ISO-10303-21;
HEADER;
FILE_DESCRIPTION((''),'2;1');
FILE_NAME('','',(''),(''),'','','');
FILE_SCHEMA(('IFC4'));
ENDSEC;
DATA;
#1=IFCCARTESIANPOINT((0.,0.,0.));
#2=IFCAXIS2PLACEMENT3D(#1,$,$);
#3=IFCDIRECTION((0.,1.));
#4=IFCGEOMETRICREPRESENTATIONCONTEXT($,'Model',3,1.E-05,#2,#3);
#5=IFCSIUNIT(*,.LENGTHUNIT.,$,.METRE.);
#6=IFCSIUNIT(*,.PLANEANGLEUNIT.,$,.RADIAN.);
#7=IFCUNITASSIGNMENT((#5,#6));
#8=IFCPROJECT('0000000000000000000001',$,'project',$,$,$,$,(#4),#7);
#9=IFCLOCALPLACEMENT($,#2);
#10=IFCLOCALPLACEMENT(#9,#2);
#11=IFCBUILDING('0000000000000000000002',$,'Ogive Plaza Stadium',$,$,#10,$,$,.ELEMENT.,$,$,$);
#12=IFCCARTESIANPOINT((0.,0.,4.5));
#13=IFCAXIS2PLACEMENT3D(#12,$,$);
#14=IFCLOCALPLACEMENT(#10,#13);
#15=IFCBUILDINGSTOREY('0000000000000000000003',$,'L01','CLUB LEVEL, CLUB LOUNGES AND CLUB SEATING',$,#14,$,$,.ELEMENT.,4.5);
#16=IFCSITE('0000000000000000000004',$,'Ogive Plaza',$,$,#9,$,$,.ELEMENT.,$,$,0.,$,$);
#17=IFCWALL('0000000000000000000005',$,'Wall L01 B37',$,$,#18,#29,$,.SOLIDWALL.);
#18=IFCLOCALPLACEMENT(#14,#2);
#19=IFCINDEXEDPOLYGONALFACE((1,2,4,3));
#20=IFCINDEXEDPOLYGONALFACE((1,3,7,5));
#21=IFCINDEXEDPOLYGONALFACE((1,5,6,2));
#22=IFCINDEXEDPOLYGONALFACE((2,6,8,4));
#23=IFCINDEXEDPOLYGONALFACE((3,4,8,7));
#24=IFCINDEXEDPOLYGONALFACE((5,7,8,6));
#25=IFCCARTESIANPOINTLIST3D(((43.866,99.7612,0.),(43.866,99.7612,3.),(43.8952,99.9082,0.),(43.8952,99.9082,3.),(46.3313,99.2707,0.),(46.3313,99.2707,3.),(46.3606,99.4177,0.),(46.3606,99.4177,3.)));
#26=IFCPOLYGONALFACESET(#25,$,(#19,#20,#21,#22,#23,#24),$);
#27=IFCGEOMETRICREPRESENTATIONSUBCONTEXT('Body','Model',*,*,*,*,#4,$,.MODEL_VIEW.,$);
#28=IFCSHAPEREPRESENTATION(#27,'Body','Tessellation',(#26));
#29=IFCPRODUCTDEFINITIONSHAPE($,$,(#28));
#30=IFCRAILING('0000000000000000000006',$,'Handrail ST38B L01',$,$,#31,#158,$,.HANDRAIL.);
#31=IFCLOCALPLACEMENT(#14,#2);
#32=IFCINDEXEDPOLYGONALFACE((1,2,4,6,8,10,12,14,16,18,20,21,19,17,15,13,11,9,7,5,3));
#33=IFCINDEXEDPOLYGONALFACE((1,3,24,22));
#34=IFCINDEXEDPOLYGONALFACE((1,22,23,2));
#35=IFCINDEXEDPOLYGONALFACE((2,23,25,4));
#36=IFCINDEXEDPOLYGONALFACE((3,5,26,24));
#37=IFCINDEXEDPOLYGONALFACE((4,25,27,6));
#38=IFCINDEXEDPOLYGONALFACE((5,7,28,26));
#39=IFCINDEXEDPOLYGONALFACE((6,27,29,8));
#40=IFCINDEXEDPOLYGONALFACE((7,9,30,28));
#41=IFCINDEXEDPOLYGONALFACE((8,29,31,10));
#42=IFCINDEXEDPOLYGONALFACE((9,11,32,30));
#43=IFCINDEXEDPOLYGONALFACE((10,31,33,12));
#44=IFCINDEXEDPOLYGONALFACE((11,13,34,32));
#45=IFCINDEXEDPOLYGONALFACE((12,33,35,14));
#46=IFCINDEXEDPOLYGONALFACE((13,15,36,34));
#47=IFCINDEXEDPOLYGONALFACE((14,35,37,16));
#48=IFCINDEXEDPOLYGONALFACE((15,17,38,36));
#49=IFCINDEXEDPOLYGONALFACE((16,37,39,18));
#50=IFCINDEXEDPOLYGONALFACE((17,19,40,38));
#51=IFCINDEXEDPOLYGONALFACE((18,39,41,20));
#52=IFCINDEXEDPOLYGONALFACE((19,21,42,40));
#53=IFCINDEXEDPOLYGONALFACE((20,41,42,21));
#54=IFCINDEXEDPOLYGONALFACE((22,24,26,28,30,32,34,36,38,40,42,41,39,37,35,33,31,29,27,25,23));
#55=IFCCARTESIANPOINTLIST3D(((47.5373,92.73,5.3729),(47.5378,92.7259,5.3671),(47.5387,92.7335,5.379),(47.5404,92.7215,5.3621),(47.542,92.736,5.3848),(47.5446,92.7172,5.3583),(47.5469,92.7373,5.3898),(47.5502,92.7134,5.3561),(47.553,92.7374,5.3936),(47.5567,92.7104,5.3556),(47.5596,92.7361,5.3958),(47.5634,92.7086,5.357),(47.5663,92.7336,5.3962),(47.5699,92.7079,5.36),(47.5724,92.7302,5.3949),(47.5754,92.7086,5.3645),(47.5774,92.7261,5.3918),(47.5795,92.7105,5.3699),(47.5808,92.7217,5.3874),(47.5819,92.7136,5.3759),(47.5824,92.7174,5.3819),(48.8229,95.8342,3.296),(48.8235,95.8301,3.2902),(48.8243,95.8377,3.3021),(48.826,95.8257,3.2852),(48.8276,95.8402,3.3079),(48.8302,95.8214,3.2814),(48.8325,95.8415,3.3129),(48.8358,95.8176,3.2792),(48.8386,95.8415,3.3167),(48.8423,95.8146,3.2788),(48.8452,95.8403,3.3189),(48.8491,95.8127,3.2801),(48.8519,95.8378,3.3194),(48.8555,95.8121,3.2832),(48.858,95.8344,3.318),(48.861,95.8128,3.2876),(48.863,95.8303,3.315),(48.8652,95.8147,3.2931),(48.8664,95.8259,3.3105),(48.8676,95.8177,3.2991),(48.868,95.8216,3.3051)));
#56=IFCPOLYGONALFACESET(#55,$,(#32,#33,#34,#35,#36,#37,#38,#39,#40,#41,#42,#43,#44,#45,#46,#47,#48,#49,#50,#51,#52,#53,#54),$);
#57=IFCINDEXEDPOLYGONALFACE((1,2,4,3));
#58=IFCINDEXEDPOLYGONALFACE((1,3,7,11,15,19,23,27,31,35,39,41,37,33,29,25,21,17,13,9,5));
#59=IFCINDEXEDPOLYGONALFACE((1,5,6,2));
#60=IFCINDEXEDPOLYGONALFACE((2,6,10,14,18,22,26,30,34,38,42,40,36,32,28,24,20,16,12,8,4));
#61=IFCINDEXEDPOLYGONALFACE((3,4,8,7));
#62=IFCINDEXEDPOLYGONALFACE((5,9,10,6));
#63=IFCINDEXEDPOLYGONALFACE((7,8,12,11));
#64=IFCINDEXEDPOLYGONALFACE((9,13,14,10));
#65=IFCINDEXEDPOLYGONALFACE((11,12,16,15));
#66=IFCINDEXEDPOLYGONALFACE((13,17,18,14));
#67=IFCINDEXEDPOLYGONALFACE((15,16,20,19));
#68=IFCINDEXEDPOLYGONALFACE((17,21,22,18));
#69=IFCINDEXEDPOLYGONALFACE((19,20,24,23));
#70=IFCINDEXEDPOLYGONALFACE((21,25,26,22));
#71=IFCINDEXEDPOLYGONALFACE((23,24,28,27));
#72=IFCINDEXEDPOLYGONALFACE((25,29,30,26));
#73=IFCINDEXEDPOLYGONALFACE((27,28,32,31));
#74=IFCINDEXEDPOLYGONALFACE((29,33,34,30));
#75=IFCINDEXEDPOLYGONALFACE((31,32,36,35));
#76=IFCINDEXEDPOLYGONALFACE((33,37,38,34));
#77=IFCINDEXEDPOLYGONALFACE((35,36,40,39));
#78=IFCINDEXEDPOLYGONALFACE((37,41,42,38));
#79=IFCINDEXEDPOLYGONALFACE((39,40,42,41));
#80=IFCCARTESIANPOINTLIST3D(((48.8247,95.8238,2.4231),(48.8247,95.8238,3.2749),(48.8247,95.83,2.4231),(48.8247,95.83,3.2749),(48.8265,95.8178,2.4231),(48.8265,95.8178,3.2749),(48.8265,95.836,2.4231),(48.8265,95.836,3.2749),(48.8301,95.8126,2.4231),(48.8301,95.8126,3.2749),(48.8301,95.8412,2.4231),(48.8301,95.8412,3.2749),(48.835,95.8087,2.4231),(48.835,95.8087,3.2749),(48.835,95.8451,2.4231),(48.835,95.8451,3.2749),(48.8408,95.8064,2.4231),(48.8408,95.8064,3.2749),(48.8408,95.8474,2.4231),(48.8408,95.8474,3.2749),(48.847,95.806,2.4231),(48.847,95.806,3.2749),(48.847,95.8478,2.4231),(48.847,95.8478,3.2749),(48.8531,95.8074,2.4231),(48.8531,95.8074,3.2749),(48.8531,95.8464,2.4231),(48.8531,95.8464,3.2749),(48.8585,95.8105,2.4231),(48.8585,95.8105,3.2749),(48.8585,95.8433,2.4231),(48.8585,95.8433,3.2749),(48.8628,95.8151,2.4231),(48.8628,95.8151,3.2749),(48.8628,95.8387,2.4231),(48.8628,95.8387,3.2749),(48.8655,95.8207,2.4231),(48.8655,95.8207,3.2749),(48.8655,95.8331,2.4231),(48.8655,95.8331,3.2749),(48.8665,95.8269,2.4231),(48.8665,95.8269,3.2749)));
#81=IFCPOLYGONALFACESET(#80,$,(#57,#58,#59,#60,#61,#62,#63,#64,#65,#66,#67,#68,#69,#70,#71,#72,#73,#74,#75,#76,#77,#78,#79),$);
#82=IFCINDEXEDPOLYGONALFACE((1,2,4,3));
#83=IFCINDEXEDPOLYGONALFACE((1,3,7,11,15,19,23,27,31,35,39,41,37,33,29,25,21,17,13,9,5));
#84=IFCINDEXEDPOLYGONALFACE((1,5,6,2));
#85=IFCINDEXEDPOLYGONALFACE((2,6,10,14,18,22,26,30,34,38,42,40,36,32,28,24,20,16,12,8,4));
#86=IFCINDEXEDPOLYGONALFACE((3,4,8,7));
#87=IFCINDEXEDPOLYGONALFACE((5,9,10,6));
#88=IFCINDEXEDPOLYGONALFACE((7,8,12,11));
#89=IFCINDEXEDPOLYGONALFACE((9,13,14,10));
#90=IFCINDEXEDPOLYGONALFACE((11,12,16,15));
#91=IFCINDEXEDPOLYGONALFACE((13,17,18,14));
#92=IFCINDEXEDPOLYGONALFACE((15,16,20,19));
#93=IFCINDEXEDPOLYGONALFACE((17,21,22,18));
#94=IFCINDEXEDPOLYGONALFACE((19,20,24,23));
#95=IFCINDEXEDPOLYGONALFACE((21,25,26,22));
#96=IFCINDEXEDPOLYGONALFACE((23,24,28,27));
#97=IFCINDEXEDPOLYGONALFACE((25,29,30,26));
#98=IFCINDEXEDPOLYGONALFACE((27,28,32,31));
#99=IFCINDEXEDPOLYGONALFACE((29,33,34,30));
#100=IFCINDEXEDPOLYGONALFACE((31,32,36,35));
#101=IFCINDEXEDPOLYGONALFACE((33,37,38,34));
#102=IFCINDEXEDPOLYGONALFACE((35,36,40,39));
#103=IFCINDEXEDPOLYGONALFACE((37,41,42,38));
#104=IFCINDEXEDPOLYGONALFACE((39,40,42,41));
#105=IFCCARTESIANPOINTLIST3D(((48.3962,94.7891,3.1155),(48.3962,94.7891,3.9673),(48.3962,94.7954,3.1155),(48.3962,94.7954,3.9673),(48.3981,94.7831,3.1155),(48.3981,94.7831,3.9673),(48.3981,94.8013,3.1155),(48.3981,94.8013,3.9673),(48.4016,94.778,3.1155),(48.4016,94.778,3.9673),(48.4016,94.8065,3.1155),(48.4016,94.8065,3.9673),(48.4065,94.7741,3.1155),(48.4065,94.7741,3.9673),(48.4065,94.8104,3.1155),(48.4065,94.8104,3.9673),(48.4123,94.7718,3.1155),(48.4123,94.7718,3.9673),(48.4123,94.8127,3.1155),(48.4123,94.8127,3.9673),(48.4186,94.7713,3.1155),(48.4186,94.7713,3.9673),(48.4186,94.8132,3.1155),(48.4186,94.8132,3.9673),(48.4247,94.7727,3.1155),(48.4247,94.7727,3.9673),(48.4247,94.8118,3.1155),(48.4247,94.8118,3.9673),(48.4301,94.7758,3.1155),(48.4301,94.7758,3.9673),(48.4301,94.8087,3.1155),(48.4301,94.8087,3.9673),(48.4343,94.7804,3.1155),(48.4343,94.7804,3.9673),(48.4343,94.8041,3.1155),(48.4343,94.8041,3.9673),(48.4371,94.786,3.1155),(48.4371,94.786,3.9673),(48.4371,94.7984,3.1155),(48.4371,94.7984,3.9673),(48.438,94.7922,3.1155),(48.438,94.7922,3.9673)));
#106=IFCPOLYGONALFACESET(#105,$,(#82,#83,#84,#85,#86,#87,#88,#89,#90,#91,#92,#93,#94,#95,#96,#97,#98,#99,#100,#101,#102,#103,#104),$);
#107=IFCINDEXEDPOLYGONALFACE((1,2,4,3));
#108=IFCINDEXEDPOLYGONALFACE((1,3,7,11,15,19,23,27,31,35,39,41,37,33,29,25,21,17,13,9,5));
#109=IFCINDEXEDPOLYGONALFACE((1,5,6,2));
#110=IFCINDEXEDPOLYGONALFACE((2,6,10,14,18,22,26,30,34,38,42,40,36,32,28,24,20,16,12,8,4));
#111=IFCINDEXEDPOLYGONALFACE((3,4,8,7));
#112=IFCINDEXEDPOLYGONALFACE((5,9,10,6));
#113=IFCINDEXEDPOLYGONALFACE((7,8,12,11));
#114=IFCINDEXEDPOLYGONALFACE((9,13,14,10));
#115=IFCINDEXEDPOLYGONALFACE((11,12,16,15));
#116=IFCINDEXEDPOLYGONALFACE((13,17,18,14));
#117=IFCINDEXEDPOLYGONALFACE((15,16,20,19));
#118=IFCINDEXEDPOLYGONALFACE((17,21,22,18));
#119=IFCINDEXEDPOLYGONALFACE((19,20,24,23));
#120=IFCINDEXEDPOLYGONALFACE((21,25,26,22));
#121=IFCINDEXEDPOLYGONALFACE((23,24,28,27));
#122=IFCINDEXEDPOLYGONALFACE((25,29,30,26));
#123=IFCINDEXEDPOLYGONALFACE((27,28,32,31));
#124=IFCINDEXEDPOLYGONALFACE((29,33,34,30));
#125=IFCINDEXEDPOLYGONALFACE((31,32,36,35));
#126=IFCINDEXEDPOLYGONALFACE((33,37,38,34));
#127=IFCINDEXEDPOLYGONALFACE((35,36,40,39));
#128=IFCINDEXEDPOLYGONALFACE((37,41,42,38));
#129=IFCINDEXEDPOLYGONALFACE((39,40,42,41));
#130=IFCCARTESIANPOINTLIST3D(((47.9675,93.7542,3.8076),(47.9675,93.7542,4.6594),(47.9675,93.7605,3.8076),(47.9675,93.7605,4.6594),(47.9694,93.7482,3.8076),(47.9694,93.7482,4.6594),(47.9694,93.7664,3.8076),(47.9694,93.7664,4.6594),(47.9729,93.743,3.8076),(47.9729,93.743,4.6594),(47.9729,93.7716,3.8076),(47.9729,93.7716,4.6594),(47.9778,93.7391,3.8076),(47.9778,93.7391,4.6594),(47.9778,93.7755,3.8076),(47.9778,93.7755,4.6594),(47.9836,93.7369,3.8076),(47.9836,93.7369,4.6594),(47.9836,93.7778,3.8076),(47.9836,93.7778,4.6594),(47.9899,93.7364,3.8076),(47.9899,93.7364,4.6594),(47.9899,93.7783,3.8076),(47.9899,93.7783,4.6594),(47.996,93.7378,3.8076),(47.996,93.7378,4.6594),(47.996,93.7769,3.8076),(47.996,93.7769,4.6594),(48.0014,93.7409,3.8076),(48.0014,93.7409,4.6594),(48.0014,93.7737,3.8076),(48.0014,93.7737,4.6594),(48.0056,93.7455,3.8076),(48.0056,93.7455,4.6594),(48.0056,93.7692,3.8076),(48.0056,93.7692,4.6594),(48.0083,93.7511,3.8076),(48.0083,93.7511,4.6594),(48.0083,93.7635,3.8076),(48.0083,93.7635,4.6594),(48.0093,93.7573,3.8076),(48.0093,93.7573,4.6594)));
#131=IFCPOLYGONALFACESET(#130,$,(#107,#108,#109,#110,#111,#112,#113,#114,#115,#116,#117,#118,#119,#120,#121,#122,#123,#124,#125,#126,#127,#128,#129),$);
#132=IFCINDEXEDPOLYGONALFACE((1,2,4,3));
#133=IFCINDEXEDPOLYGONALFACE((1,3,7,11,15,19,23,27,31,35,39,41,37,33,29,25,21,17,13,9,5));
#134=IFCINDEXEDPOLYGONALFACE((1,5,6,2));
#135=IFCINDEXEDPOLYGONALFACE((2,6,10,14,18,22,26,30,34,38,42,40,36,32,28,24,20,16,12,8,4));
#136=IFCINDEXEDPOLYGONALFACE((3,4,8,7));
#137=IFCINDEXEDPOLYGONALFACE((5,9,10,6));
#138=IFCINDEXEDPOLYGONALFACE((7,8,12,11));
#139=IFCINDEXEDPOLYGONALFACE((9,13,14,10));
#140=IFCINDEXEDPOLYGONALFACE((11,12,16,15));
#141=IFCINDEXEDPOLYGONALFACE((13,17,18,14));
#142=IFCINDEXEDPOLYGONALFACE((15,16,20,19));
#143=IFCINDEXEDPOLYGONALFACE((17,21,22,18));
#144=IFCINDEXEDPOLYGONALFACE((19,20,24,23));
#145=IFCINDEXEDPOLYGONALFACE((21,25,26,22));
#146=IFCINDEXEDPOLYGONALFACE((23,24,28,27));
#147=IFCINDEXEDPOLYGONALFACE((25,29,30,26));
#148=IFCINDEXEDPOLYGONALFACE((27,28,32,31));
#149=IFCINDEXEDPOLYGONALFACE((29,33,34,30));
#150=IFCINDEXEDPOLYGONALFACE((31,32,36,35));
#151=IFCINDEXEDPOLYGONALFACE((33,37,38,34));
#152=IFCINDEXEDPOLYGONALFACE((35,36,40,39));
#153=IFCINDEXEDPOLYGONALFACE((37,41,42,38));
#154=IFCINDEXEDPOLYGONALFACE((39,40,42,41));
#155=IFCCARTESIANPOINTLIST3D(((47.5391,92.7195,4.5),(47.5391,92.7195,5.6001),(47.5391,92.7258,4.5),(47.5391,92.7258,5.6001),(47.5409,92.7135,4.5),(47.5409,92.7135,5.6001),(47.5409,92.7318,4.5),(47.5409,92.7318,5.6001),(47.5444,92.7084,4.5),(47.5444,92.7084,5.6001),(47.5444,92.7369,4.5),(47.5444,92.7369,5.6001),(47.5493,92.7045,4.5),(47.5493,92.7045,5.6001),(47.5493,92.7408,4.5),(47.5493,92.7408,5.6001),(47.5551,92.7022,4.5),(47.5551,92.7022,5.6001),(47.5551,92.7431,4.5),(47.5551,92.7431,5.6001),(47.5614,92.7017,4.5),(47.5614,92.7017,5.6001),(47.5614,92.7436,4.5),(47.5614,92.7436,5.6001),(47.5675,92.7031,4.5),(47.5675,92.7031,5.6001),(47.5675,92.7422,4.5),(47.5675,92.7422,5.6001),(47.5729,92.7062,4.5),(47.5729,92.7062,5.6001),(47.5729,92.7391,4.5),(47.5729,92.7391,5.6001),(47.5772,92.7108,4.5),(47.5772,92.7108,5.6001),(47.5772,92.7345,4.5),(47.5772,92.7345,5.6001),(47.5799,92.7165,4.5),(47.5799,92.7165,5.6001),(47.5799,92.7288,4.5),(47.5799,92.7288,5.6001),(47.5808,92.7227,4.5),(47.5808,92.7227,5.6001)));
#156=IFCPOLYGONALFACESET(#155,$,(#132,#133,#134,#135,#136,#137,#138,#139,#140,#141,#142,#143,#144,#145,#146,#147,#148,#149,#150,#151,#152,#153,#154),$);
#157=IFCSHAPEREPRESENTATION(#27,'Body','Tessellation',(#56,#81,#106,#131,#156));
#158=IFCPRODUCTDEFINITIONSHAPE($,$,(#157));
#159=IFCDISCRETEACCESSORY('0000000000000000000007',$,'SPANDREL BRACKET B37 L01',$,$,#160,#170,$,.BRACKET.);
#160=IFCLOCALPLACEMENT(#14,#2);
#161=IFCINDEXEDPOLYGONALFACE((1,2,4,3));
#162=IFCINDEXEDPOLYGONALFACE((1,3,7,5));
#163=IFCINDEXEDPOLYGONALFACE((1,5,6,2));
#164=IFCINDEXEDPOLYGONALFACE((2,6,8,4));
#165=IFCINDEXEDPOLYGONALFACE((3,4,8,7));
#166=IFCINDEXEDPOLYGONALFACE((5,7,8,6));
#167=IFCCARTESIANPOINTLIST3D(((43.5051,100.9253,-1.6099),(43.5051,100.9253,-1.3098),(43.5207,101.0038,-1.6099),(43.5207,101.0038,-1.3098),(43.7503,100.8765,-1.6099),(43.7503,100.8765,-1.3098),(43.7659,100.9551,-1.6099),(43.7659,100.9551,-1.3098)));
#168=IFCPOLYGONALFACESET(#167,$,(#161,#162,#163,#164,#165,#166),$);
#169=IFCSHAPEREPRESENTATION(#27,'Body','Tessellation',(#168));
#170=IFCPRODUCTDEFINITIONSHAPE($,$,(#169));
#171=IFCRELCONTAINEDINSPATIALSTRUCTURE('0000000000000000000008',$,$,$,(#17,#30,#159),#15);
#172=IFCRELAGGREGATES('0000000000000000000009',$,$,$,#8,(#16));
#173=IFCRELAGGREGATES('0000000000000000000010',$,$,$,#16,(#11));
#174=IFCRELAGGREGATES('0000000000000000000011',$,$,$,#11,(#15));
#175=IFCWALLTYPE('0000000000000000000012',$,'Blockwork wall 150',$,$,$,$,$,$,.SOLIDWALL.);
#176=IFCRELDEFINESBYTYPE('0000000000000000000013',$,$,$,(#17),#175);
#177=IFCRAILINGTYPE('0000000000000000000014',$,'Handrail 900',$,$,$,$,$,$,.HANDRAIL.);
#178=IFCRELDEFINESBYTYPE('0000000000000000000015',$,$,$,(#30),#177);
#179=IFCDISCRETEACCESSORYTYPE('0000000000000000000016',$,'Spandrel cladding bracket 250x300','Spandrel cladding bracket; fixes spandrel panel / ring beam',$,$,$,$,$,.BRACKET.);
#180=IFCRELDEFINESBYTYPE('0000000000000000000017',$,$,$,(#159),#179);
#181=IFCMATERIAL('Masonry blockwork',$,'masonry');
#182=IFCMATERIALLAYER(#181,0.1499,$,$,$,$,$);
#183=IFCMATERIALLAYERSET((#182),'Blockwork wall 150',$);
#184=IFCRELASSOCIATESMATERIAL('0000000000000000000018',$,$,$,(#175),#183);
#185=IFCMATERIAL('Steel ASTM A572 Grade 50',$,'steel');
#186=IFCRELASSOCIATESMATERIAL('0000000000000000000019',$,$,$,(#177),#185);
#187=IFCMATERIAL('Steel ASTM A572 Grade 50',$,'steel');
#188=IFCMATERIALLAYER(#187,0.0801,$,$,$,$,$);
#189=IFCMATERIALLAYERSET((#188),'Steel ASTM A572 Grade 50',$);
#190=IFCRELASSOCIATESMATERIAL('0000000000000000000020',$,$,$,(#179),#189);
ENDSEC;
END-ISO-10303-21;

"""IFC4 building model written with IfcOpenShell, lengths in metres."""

from ifc_helpers import new_model, si_unit, direction, frame, frame_2d, origin, origin_2d, place, context, subcontext, project, spatial, rectangle, circle, extrude, material, layer, layer_set, type_object, element, save


model = new_model("IFC4")

# Units and contexts
model_context = context("Model", 3, precision=1e-05, world=origin(), true_north=direction((0.0, 1.0)))
body_context = subcontext(model_context, "Body", "Model", "MODEL_VIEW")
ifc_project = project(units=[si_unit("LENGTHUNIT", "METRE"), si_unit("PLANEANGLEUNIT", "RADIAN")], contexts=[model_context])

# Site, building, storey
site_placement = place(None, origin())
site = spatial("IfcSite", under=ifc_project, at=site_placement, Name="Ogive Plaza", CompositionType="ELEMENT", RefElevation=0.0)
building_placement = place(site_placement, origin())
building = spatial("IfcBuilding", under=site, at=building_placement, Name="Ogive Plaza Stadium", CompositionType="ELEMENT")
storey_placement = place(building_placement, frame((0.0, 0.0, 4.5)))
storey = spatial("IfcBuildingStorey", under=building, at=storey_placement, Name="L01", Description="CLUB LEVEL, CLUB LOUNGES AND CLUB SEATING", CompositionType="ELEMENT", Elevation=4.5)

# Wall
ifc_material_1 = material(Name="Masonry blockwork", Category="masonry")
ifc_layer_1 = layer(ifc_material_1, 0.1499)
ifc_layer_set_1 = layer_set([ifc_layer_1], Name="Blockwork wall 150")
wall_type = type_object("IfcWallType", Name="Blockwork wall 150", PredefinedType="SOLIDWALL", material=ifc_layer_set_1)
wall_placement = place(storey_placement, frame((46.3459, 99.3442, 0.0), z_axis=(0.0, 0.0, 1.0), x_axis=(-0.980778, 0.195126, 0.0)))
element("IfcWall", 1, at=wall_placement, inside=storey, type_object=wall_type, Name="Wall L01 B37", PredefinedType="SOLIDWALL", context=body_context, shape_type="SweptSolid", body=[
    extrude(rectangle(XDim=2.5137, YDim=0.1499, at=frame_2d((1.2568, 0.0))), origin(), (0.0, 0.0, 1.0), 3.0),
])

# Railing
ifc_material_2 = material(Name="Steel ASTM A572 Grade 50", Category="steel")
railing_type = type_object("IfcRailingType", Name="Handrail 900", PredefinedType="HANDRAIL", material=ifc_material_2)
railing_placement = place(storey_placement, frame((48.8455, 95.8269, 2.4231)))
element("IfcRailing", 2, at=railing_placement, inside=storey, type_object=railing_type, Name="Handrail ST38B L01", PredefinedType="HANDRAIL", context=body_context, shape_type="SweptSolid", body=[
    extrude(circle(Radius=0.0239, at=origin_2d()), frame((0.0, 0.0, 0.876), z_axis=(-0.325477, -0.785879, 0.525794), x_axis=(0.923898, -0.382638, 0.0)), (0.0, 0.0, 1.0), 3.95),
    extrude(circle(Radius=0.021, at=origin_2d()), origin(), (0.0, 0.0, 1.0), 0.8518),
    extrude(circle(Radius=0.021, at=origin_2d()), frame((-0.4285, -1.0347, 0.6924)), (0.0, 0.0, 1.0), 0.8518),
    extrude(circle(Radius=0.021, at=origin_2d()), frame((-0.8572, -2.0696, 1.3845)), (0.0, 0.0, 1.0), 0.8518),
    extrude(circle(Radius=0.021, at=origin_2d()), frame((-1.2856, -3.1042, 2.0769)), (0.0, 0.0, 1.0), 1.1001),
])

# Discrete accessory
ifc_material_3 = material(Name="Steel ASTM A572 Grade 50", Category="steel")
ifc_layer_2 = layer(ifc_material_3, 0.0801)
ifc_layer_set_2 = layer_set([ifc_layer_2], Name="Steel ASTM A572 Grade 50")
discrete_accessory_type = type_object("IfcDiscreteAccessoryType", Name="Spandrel cladding bracket 250x300", Description="Spandrel cladding bracket; fixes spandrel panel / ring beam", PredefinedType="BRACKET", material=ifc_layer_set_2)
discrete_accessory_placement = place(storey_placement, frame((43.6355, 100.9402, -1.6099), z_axis=(0.0, 0.0, 1.0), x_axis=(0.980785, -0.19509, 0.0)))
element("IfcDiscreteAccessory", 3, at=discrete_accessory_placement, inside=storey, type_object=discrete_accessory_type, Name="SPANDREL BRACKET B37 L01", PredefinedType="BRACKET", context=body_context, shape_type="SweptSolid", body=[
    extrude(rectangle(XDim=0.25, YDim=0.0801, at=origin_2d()), origin(), (0.0, 0.0, 1.0), 0.3),
])

save(model, "model.ifc")
